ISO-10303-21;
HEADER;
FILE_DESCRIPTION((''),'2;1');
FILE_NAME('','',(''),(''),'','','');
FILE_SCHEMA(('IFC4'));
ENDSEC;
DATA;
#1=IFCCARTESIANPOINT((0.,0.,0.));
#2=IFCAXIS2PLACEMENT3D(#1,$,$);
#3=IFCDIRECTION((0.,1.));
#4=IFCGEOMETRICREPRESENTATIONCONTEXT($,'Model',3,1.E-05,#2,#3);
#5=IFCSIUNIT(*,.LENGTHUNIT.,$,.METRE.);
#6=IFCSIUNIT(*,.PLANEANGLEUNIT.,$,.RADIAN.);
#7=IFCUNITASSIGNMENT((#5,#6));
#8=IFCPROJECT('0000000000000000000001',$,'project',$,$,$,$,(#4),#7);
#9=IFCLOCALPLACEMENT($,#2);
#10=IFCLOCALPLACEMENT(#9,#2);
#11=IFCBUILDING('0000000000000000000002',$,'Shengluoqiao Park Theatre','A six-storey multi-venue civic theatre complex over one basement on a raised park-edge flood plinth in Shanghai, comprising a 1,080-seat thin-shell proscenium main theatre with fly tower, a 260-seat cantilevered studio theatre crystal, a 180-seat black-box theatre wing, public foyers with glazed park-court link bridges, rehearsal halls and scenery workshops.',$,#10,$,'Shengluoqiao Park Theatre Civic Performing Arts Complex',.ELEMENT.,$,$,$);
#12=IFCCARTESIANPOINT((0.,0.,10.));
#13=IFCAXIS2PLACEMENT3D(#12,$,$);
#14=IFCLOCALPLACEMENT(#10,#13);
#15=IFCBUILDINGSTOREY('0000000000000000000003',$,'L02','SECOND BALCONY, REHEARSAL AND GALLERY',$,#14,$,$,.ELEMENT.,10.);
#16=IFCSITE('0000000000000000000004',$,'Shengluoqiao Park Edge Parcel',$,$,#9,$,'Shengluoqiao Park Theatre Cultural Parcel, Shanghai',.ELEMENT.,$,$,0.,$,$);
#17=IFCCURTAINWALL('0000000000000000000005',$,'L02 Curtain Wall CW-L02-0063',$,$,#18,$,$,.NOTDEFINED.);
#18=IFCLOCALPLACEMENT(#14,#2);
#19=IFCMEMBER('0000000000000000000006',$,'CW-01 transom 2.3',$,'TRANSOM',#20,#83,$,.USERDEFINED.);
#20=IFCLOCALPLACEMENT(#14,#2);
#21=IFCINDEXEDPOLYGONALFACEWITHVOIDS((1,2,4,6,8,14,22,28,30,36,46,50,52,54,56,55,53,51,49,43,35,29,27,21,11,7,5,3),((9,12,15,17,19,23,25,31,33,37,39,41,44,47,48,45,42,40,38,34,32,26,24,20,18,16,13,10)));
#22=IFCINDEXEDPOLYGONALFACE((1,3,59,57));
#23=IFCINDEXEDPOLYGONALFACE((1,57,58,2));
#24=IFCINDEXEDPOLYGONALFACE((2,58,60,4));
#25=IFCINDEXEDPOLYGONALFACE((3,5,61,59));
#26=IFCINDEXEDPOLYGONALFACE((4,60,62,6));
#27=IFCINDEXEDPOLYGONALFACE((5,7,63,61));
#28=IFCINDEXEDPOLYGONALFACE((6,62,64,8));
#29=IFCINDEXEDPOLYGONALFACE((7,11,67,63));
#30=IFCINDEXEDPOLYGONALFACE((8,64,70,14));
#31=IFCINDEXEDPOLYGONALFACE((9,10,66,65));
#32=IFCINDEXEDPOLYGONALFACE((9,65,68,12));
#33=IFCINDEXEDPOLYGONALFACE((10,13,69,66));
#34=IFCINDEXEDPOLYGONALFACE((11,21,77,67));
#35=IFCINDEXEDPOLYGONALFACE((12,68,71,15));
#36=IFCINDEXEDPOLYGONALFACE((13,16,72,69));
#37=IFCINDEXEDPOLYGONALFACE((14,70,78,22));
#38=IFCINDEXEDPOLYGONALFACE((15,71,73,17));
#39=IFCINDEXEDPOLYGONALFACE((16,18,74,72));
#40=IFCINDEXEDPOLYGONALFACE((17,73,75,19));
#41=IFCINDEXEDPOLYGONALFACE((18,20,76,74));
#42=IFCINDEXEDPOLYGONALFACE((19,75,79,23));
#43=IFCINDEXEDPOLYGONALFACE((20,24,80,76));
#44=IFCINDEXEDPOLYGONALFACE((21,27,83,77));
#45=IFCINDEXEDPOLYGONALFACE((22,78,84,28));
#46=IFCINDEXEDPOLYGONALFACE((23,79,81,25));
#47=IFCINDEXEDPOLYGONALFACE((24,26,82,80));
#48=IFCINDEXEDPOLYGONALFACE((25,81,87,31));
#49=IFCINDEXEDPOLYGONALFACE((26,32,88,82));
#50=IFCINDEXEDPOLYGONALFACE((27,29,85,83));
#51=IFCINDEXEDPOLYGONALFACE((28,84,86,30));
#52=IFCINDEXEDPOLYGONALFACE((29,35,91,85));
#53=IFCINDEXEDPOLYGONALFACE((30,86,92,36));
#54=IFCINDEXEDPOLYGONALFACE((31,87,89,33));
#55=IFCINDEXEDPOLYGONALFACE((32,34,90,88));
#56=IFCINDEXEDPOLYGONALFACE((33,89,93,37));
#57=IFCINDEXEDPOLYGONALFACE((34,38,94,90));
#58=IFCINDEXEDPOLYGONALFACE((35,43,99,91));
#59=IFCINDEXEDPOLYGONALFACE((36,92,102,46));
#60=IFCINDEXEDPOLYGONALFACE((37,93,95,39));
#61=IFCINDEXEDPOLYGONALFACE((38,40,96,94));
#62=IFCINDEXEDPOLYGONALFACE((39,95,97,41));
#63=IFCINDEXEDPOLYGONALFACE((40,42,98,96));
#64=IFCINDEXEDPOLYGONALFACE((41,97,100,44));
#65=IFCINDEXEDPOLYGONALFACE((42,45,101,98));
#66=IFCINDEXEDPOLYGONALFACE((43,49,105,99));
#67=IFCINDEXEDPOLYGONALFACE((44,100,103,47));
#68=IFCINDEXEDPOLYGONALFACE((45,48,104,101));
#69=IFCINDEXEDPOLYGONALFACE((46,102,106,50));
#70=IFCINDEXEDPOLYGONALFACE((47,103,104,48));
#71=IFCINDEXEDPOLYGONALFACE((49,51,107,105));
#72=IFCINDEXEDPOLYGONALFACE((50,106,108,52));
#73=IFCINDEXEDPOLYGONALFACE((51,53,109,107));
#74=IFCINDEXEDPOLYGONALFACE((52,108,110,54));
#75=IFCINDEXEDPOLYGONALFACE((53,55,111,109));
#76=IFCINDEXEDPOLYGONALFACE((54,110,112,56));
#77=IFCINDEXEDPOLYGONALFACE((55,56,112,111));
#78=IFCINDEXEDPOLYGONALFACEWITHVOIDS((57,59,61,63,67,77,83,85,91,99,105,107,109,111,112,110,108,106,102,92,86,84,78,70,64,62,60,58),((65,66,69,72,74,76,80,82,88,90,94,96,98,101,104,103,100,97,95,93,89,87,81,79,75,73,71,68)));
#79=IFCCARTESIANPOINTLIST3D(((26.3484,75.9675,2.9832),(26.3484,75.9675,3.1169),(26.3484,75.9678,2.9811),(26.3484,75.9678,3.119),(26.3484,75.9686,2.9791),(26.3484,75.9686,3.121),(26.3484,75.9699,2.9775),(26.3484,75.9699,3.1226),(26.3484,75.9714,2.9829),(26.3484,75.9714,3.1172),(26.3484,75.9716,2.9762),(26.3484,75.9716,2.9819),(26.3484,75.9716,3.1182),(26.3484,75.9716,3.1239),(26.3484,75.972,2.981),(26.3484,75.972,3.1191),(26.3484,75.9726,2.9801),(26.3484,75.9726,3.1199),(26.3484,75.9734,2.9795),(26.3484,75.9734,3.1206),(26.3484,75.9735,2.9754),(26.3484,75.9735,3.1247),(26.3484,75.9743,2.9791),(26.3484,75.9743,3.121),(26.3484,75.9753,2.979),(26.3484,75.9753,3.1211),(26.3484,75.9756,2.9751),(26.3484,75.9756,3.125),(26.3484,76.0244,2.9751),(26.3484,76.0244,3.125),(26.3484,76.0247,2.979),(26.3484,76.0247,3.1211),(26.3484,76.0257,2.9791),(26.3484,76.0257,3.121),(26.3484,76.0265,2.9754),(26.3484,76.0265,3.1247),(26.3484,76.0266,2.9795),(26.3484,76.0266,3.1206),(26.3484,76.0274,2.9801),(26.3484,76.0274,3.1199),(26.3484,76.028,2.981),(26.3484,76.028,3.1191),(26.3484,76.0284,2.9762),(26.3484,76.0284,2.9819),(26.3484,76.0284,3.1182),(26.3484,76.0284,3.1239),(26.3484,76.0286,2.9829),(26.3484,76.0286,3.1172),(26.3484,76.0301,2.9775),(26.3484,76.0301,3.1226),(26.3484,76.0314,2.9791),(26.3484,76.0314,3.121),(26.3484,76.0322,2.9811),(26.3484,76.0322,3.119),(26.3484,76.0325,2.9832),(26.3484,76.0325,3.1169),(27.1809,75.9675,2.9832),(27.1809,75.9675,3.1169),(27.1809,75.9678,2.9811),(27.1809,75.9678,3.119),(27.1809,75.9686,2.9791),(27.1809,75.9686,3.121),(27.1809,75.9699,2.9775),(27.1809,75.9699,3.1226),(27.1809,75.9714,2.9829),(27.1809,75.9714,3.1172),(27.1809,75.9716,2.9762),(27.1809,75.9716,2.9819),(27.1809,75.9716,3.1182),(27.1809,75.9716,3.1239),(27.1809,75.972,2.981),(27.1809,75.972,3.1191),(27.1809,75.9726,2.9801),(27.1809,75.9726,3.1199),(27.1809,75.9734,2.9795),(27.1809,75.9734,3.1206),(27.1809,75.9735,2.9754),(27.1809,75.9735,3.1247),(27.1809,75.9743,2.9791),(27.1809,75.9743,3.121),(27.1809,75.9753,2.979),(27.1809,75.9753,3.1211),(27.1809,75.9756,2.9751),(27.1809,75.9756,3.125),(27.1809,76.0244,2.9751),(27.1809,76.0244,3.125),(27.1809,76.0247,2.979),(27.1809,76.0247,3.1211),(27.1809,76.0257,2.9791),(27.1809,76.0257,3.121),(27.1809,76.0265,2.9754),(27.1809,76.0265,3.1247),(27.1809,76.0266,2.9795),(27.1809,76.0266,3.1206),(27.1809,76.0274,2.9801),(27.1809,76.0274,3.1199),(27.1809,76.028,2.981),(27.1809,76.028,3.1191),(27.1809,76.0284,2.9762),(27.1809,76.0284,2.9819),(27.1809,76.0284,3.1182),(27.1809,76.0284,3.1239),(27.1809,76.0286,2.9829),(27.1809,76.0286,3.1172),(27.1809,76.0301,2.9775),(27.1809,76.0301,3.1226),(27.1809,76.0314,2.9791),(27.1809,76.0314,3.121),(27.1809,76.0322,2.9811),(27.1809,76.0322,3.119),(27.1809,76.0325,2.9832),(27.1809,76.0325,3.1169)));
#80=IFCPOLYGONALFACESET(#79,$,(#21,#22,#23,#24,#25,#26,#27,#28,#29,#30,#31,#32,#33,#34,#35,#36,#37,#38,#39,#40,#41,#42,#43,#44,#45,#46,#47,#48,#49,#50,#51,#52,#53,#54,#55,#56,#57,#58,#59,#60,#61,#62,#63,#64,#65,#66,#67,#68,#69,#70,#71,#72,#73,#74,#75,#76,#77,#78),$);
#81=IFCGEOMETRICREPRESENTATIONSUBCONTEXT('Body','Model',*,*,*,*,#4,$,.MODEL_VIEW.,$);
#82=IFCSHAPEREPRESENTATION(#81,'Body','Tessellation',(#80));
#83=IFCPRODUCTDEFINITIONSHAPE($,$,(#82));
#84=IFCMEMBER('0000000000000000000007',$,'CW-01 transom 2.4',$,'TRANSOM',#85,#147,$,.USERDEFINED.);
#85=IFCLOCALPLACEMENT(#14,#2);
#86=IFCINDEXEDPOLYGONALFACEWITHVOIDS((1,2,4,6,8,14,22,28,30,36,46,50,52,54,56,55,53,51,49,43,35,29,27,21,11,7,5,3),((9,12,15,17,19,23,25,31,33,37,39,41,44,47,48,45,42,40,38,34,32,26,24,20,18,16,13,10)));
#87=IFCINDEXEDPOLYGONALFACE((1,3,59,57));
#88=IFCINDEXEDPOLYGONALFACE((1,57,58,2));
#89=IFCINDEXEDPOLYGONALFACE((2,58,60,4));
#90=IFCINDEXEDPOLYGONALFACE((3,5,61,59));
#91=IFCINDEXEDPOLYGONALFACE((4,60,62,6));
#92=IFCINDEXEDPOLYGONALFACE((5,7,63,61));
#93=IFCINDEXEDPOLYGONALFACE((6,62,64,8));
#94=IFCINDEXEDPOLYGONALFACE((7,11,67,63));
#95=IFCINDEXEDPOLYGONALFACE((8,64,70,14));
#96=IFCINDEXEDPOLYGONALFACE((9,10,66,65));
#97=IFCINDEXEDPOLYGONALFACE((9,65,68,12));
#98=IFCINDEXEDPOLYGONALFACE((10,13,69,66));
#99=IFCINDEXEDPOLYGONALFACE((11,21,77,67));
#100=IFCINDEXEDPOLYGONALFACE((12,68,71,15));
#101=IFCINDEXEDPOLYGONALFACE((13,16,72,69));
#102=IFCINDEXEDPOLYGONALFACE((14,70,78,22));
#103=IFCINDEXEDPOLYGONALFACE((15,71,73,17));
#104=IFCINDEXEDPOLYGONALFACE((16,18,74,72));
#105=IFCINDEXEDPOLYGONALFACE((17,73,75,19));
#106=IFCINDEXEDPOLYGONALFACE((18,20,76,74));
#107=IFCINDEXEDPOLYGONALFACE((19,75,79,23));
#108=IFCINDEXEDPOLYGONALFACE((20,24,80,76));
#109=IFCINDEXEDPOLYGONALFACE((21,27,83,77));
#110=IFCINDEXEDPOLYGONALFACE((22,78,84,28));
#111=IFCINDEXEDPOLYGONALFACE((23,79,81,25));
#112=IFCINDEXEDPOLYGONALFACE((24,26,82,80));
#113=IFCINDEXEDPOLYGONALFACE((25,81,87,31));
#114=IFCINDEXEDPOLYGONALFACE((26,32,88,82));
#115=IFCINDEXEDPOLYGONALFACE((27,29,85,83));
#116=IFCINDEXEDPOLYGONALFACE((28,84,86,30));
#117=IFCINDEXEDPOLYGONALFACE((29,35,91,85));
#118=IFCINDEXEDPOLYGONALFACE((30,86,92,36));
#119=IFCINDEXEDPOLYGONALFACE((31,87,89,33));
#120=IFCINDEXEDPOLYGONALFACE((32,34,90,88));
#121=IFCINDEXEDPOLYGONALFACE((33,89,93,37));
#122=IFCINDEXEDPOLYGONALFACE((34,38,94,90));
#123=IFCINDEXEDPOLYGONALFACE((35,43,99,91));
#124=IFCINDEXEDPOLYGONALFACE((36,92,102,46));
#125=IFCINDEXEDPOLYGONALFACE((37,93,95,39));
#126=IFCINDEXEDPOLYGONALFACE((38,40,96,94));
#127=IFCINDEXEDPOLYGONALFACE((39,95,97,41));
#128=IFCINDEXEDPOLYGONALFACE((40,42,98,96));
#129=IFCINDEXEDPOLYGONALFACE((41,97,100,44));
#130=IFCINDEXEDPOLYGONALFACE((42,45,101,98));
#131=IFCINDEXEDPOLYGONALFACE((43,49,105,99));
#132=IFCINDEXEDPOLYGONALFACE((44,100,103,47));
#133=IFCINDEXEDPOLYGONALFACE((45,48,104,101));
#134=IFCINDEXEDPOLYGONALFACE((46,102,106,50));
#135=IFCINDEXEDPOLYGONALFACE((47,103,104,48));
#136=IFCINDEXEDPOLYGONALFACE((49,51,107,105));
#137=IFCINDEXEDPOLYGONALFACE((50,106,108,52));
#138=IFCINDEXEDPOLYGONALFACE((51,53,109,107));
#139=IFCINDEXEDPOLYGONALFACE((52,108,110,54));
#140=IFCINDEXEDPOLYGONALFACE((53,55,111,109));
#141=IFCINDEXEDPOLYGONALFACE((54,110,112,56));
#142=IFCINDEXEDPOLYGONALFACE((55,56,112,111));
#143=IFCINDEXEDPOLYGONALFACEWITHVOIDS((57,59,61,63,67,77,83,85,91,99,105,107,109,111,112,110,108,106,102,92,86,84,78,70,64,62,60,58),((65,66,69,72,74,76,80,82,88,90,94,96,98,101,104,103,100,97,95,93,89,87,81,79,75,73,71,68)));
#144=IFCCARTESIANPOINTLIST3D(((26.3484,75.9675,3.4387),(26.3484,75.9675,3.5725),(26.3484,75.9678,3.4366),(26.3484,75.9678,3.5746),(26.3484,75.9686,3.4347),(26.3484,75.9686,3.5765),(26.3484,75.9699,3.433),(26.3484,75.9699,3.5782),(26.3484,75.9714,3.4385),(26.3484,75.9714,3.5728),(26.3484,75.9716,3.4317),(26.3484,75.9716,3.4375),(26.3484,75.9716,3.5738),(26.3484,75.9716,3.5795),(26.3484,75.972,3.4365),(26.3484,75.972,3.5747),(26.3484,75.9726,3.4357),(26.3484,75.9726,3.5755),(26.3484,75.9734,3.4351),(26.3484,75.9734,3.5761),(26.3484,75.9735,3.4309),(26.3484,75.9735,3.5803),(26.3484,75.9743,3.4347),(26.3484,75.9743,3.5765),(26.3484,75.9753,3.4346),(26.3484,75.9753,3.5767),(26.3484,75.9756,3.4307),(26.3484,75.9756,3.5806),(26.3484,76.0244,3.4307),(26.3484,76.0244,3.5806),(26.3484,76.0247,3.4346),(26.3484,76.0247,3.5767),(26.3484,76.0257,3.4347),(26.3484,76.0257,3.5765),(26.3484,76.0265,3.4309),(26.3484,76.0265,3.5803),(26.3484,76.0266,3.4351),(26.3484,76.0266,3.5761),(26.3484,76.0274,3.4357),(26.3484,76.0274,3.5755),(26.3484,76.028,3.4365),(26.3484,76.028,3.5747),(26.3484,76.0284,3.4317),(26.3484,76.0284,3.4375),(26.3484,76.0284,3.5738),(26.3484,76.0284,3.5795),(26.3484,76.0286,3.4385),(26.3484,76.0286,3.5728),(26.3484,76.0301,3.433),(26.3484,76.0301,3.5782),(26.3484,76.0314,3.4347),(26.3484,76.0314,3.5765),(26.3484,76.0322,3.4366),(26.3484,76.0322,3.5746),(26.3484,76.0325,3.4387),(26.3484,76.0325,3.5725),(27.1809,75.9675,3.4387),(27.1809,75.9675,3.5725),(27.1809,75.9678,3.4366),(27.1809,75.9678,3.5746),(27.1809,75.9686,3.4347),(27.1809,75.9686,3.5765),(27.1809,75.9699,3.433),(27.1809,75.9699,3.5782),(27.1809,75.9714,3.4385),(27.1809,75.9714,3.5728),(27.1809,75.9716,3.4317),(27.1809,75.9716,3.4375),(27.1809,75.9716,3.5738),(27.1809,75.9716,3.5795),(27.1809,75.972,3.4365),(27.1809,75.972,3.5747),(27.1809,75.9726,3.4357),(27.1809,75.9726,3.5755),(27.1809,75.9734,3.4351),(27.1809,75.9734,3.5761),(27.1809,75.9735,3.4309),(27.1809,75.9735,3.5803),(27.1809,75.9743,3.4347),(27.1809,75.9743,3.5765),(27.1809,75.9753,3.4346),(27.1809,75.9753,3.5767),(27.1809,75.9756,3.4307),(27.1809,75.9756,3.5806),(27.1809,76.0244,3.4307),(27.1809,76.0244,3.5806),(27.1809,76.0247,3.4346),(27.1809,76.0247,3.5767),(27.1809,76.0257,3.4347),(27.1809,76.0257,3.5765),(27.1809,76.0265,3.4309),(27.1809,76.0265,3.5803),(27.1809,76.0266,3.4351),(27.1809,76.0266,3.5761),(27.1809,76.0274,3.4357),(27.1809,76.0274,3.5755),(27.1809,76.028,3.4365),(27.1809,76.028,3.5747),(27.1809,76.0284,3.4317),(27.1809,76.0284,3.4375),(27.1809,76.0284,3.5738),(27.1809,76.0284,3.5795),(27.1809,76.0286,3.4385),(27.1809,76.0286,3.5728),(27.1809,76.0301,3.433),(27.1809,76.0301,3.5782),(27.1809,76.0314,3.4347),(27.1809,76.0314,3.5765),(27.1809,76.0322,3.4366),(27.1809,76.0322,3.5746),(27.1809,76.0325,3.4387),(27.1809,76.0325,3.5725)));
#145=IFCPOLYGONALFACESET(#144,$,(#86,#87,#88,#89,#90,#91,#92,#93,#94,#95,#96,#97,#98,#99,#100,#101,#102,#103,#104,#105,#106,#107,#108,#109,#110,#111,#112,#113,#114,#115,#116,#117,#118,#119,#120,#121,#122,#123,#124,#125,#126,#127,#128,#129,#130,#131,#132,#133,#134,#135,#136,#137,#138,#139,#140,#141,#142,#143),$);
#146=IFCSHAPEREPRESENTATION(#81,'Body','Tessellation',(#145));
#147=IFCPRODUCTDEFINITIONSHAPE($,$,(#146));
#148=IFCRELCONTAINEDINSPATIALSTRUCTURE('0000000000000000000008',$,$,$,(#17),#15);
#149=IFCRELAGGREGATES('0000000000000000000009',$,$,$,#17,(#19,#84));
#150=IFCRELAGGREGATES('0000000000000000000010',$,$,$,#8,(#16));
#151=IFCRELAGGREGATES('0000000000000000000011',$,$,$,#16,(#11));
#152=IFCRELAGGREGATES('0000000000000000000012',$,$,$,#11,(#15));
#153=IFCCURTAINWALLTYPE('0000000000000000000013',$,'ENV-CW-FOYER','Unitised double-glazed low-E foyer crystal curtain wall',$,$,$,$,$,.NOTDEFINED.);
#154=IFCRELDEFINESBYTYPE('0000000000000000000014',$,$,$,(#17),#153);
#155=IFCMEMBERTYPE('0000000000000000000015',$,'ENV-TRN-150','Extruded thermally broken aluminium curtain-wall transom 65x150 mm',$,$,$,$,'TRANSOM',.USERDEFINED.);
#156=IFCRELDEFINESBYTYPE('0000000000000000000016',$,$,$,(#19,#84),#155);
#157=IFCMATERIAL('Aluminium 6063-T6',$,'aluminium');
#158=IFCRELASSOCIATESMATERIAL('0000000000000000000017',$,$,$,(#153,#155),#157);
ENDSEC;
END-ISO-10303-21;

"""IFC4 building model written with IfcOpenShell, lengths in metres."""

from ifc_helpers import new_model, si_unit, direction, frame, origin, origin_2d, place, context, subcontext, project, spatial, hollow_rectangle, extrude, material, material_profile, profile_set, type_object, element, aggregate, save


model = new_model("IFC4")

# Units and contexts
model_context = context("Model", 3, precision=1e-05, world=origin(), true_north=direction((0.0, 1.0)))
body_context = subcontext(model_context, "Body", "Model", "MODEL_VIEW")
ifc_project = project(units=[si_unit("LENGTHUNIT", "METRE"), si_unit("PLANEANGLEUNIT", "RADIAN")], contexts=[model_context])

# Site, building, storey
site_placement = place(None, origin())
site = spatial("IfcSite", under=ifc_project, at=site_placement, Name="Shengluoqiao Park Edge Parcel", LongName="Shengluoqiao Park Theatre Cultural Parcel, Shanghai", CompositionType="ELEMENT", RefElevation=0.0)
building_placement = place(site_placement, origin())
building = spatial("IfcBuilding", under=site, at=building_placement, Name="Shengluoqiao Park Theatre", Description="A six-storey multi-venue civic theatre complex over one basement on a raised park-edge flood plinth in Shanghai, comprising a 1,080-seat thin-shell proscenium main theatre with fly tower, a 260-seat cantilevered studio theatre crystal, a 180-seat black-box theatre wing, public foyers with glazed park-court link bridges, rehearsal halls and scenery workshops.", LongName="Shengluoqiao Park Theatre Civic Performing Arts Complex", CompositionType="ELEMENT")
storey_placement = place(building_placement, frame((0.0, 0.0, 10.0)))
storey = spatial("IfcBuildingStorey", under=building, at=storey_placement, Name="L02", Description="SECOND BALCONY, REHEARSAL AND GALLERY", CompositionType="ELEMENT", Elevation=10.0)

# Curtain wall
ifc_material_1 = material(Name="Aluminium 6063-T6", Category="aluminium")
curtain_wall_type = type_object("IfcCurtainWallType", Name="ENV-CW-FOYER", Description="Unitised double-glazed low-E foyer crystal curtain wall", PredefinedType="NOTDEFINED", material=ifc_material_1)
curtain_wall_1_placement = place(storey_placement, origin())
curtain_wall_1 = element("IfcCurtainWall", 1, at=curtain_wall_1_placement, inside=storey, type_object=curtain_wall_type, Name="L02 Curtain Wall CW-L02-0063", PredefinedType="NOTDEFINED")

# Members
ifc_material_profile_1 = material_profile(ifc_material_1, hollow_rectangle(XDim=0.0649, YDim=0.1499, WallThickness=0.0039, InnerFilletRadius=0.0039, OuterFilletRadius=0.0081, at=origin_2d()), Name="ALU TRANSOM 150x65x4")
ifc_profile_set_1 = profile_set([ifc_material_profile_1], Name="Aluminium 6063-T6")
member_type_1 = type_object("IfcMemberType", Name="ENV-TRN-150", Description="Extruded thermally broken aluminium curtain-wall transom 65x150 mm", ElementType="TRANSOM", PredefinedType="USERDEFINED", material=ifc_profile_set_1)
member_1_placement = place(storey_placement, frame((26.3484, 76.0, 3.05), z_axis=(1.0, 0.0, 0.0), x_axis=(0.0, 1.0, 0.0)))
member_1 = element("IfcMember", 2, at=member_1_placement, type_object=member_type_1, Name="CW-01 transom 2.3", ObjectType="TRANSOM", PredefinedType="USERDEFINED", context=body_context, shape_type="SweptSolid", body=[
    extrude(hollow_rectangle(XDim=0.0649, YDim=0.1499, WallThickness=0.0039, InnerFilletRadius=0.0039, OuterFilletRadius=0.0081, at=origin_2d()), origin(), (0.0, 0.0, 1.0), 0.8325),
])
member_2_placement = place(storey_placement, frame((26.3484, 76.0, 3.5056), z_axis=(1.0, 0.0, 0.0), x_axis=(0.0, 1.0, 0.0)))
member_2 = element("IfcMember", 3, at=member_2_placement, type_object=member_type_1, Name="CW-01 transom 2.4", ObjectType="TRANSOM", PredefinedType="USERDEFINED", context=body_context, shape_type="SweptSolid", body=[
    extrude(hollow_rectangle(XDim=0.0649, YDim=0.1499, WallThickness=0.0039, InnerFilletRadius=0.0039, OuterFilletRadius=0.0081, at=origin_2d()), origin(), (0.0, 0.0, 1.0), 0.8325),
])

aggregate(curtain_wall_1, [member_1, member_2])

save(model, "model.ifc")
